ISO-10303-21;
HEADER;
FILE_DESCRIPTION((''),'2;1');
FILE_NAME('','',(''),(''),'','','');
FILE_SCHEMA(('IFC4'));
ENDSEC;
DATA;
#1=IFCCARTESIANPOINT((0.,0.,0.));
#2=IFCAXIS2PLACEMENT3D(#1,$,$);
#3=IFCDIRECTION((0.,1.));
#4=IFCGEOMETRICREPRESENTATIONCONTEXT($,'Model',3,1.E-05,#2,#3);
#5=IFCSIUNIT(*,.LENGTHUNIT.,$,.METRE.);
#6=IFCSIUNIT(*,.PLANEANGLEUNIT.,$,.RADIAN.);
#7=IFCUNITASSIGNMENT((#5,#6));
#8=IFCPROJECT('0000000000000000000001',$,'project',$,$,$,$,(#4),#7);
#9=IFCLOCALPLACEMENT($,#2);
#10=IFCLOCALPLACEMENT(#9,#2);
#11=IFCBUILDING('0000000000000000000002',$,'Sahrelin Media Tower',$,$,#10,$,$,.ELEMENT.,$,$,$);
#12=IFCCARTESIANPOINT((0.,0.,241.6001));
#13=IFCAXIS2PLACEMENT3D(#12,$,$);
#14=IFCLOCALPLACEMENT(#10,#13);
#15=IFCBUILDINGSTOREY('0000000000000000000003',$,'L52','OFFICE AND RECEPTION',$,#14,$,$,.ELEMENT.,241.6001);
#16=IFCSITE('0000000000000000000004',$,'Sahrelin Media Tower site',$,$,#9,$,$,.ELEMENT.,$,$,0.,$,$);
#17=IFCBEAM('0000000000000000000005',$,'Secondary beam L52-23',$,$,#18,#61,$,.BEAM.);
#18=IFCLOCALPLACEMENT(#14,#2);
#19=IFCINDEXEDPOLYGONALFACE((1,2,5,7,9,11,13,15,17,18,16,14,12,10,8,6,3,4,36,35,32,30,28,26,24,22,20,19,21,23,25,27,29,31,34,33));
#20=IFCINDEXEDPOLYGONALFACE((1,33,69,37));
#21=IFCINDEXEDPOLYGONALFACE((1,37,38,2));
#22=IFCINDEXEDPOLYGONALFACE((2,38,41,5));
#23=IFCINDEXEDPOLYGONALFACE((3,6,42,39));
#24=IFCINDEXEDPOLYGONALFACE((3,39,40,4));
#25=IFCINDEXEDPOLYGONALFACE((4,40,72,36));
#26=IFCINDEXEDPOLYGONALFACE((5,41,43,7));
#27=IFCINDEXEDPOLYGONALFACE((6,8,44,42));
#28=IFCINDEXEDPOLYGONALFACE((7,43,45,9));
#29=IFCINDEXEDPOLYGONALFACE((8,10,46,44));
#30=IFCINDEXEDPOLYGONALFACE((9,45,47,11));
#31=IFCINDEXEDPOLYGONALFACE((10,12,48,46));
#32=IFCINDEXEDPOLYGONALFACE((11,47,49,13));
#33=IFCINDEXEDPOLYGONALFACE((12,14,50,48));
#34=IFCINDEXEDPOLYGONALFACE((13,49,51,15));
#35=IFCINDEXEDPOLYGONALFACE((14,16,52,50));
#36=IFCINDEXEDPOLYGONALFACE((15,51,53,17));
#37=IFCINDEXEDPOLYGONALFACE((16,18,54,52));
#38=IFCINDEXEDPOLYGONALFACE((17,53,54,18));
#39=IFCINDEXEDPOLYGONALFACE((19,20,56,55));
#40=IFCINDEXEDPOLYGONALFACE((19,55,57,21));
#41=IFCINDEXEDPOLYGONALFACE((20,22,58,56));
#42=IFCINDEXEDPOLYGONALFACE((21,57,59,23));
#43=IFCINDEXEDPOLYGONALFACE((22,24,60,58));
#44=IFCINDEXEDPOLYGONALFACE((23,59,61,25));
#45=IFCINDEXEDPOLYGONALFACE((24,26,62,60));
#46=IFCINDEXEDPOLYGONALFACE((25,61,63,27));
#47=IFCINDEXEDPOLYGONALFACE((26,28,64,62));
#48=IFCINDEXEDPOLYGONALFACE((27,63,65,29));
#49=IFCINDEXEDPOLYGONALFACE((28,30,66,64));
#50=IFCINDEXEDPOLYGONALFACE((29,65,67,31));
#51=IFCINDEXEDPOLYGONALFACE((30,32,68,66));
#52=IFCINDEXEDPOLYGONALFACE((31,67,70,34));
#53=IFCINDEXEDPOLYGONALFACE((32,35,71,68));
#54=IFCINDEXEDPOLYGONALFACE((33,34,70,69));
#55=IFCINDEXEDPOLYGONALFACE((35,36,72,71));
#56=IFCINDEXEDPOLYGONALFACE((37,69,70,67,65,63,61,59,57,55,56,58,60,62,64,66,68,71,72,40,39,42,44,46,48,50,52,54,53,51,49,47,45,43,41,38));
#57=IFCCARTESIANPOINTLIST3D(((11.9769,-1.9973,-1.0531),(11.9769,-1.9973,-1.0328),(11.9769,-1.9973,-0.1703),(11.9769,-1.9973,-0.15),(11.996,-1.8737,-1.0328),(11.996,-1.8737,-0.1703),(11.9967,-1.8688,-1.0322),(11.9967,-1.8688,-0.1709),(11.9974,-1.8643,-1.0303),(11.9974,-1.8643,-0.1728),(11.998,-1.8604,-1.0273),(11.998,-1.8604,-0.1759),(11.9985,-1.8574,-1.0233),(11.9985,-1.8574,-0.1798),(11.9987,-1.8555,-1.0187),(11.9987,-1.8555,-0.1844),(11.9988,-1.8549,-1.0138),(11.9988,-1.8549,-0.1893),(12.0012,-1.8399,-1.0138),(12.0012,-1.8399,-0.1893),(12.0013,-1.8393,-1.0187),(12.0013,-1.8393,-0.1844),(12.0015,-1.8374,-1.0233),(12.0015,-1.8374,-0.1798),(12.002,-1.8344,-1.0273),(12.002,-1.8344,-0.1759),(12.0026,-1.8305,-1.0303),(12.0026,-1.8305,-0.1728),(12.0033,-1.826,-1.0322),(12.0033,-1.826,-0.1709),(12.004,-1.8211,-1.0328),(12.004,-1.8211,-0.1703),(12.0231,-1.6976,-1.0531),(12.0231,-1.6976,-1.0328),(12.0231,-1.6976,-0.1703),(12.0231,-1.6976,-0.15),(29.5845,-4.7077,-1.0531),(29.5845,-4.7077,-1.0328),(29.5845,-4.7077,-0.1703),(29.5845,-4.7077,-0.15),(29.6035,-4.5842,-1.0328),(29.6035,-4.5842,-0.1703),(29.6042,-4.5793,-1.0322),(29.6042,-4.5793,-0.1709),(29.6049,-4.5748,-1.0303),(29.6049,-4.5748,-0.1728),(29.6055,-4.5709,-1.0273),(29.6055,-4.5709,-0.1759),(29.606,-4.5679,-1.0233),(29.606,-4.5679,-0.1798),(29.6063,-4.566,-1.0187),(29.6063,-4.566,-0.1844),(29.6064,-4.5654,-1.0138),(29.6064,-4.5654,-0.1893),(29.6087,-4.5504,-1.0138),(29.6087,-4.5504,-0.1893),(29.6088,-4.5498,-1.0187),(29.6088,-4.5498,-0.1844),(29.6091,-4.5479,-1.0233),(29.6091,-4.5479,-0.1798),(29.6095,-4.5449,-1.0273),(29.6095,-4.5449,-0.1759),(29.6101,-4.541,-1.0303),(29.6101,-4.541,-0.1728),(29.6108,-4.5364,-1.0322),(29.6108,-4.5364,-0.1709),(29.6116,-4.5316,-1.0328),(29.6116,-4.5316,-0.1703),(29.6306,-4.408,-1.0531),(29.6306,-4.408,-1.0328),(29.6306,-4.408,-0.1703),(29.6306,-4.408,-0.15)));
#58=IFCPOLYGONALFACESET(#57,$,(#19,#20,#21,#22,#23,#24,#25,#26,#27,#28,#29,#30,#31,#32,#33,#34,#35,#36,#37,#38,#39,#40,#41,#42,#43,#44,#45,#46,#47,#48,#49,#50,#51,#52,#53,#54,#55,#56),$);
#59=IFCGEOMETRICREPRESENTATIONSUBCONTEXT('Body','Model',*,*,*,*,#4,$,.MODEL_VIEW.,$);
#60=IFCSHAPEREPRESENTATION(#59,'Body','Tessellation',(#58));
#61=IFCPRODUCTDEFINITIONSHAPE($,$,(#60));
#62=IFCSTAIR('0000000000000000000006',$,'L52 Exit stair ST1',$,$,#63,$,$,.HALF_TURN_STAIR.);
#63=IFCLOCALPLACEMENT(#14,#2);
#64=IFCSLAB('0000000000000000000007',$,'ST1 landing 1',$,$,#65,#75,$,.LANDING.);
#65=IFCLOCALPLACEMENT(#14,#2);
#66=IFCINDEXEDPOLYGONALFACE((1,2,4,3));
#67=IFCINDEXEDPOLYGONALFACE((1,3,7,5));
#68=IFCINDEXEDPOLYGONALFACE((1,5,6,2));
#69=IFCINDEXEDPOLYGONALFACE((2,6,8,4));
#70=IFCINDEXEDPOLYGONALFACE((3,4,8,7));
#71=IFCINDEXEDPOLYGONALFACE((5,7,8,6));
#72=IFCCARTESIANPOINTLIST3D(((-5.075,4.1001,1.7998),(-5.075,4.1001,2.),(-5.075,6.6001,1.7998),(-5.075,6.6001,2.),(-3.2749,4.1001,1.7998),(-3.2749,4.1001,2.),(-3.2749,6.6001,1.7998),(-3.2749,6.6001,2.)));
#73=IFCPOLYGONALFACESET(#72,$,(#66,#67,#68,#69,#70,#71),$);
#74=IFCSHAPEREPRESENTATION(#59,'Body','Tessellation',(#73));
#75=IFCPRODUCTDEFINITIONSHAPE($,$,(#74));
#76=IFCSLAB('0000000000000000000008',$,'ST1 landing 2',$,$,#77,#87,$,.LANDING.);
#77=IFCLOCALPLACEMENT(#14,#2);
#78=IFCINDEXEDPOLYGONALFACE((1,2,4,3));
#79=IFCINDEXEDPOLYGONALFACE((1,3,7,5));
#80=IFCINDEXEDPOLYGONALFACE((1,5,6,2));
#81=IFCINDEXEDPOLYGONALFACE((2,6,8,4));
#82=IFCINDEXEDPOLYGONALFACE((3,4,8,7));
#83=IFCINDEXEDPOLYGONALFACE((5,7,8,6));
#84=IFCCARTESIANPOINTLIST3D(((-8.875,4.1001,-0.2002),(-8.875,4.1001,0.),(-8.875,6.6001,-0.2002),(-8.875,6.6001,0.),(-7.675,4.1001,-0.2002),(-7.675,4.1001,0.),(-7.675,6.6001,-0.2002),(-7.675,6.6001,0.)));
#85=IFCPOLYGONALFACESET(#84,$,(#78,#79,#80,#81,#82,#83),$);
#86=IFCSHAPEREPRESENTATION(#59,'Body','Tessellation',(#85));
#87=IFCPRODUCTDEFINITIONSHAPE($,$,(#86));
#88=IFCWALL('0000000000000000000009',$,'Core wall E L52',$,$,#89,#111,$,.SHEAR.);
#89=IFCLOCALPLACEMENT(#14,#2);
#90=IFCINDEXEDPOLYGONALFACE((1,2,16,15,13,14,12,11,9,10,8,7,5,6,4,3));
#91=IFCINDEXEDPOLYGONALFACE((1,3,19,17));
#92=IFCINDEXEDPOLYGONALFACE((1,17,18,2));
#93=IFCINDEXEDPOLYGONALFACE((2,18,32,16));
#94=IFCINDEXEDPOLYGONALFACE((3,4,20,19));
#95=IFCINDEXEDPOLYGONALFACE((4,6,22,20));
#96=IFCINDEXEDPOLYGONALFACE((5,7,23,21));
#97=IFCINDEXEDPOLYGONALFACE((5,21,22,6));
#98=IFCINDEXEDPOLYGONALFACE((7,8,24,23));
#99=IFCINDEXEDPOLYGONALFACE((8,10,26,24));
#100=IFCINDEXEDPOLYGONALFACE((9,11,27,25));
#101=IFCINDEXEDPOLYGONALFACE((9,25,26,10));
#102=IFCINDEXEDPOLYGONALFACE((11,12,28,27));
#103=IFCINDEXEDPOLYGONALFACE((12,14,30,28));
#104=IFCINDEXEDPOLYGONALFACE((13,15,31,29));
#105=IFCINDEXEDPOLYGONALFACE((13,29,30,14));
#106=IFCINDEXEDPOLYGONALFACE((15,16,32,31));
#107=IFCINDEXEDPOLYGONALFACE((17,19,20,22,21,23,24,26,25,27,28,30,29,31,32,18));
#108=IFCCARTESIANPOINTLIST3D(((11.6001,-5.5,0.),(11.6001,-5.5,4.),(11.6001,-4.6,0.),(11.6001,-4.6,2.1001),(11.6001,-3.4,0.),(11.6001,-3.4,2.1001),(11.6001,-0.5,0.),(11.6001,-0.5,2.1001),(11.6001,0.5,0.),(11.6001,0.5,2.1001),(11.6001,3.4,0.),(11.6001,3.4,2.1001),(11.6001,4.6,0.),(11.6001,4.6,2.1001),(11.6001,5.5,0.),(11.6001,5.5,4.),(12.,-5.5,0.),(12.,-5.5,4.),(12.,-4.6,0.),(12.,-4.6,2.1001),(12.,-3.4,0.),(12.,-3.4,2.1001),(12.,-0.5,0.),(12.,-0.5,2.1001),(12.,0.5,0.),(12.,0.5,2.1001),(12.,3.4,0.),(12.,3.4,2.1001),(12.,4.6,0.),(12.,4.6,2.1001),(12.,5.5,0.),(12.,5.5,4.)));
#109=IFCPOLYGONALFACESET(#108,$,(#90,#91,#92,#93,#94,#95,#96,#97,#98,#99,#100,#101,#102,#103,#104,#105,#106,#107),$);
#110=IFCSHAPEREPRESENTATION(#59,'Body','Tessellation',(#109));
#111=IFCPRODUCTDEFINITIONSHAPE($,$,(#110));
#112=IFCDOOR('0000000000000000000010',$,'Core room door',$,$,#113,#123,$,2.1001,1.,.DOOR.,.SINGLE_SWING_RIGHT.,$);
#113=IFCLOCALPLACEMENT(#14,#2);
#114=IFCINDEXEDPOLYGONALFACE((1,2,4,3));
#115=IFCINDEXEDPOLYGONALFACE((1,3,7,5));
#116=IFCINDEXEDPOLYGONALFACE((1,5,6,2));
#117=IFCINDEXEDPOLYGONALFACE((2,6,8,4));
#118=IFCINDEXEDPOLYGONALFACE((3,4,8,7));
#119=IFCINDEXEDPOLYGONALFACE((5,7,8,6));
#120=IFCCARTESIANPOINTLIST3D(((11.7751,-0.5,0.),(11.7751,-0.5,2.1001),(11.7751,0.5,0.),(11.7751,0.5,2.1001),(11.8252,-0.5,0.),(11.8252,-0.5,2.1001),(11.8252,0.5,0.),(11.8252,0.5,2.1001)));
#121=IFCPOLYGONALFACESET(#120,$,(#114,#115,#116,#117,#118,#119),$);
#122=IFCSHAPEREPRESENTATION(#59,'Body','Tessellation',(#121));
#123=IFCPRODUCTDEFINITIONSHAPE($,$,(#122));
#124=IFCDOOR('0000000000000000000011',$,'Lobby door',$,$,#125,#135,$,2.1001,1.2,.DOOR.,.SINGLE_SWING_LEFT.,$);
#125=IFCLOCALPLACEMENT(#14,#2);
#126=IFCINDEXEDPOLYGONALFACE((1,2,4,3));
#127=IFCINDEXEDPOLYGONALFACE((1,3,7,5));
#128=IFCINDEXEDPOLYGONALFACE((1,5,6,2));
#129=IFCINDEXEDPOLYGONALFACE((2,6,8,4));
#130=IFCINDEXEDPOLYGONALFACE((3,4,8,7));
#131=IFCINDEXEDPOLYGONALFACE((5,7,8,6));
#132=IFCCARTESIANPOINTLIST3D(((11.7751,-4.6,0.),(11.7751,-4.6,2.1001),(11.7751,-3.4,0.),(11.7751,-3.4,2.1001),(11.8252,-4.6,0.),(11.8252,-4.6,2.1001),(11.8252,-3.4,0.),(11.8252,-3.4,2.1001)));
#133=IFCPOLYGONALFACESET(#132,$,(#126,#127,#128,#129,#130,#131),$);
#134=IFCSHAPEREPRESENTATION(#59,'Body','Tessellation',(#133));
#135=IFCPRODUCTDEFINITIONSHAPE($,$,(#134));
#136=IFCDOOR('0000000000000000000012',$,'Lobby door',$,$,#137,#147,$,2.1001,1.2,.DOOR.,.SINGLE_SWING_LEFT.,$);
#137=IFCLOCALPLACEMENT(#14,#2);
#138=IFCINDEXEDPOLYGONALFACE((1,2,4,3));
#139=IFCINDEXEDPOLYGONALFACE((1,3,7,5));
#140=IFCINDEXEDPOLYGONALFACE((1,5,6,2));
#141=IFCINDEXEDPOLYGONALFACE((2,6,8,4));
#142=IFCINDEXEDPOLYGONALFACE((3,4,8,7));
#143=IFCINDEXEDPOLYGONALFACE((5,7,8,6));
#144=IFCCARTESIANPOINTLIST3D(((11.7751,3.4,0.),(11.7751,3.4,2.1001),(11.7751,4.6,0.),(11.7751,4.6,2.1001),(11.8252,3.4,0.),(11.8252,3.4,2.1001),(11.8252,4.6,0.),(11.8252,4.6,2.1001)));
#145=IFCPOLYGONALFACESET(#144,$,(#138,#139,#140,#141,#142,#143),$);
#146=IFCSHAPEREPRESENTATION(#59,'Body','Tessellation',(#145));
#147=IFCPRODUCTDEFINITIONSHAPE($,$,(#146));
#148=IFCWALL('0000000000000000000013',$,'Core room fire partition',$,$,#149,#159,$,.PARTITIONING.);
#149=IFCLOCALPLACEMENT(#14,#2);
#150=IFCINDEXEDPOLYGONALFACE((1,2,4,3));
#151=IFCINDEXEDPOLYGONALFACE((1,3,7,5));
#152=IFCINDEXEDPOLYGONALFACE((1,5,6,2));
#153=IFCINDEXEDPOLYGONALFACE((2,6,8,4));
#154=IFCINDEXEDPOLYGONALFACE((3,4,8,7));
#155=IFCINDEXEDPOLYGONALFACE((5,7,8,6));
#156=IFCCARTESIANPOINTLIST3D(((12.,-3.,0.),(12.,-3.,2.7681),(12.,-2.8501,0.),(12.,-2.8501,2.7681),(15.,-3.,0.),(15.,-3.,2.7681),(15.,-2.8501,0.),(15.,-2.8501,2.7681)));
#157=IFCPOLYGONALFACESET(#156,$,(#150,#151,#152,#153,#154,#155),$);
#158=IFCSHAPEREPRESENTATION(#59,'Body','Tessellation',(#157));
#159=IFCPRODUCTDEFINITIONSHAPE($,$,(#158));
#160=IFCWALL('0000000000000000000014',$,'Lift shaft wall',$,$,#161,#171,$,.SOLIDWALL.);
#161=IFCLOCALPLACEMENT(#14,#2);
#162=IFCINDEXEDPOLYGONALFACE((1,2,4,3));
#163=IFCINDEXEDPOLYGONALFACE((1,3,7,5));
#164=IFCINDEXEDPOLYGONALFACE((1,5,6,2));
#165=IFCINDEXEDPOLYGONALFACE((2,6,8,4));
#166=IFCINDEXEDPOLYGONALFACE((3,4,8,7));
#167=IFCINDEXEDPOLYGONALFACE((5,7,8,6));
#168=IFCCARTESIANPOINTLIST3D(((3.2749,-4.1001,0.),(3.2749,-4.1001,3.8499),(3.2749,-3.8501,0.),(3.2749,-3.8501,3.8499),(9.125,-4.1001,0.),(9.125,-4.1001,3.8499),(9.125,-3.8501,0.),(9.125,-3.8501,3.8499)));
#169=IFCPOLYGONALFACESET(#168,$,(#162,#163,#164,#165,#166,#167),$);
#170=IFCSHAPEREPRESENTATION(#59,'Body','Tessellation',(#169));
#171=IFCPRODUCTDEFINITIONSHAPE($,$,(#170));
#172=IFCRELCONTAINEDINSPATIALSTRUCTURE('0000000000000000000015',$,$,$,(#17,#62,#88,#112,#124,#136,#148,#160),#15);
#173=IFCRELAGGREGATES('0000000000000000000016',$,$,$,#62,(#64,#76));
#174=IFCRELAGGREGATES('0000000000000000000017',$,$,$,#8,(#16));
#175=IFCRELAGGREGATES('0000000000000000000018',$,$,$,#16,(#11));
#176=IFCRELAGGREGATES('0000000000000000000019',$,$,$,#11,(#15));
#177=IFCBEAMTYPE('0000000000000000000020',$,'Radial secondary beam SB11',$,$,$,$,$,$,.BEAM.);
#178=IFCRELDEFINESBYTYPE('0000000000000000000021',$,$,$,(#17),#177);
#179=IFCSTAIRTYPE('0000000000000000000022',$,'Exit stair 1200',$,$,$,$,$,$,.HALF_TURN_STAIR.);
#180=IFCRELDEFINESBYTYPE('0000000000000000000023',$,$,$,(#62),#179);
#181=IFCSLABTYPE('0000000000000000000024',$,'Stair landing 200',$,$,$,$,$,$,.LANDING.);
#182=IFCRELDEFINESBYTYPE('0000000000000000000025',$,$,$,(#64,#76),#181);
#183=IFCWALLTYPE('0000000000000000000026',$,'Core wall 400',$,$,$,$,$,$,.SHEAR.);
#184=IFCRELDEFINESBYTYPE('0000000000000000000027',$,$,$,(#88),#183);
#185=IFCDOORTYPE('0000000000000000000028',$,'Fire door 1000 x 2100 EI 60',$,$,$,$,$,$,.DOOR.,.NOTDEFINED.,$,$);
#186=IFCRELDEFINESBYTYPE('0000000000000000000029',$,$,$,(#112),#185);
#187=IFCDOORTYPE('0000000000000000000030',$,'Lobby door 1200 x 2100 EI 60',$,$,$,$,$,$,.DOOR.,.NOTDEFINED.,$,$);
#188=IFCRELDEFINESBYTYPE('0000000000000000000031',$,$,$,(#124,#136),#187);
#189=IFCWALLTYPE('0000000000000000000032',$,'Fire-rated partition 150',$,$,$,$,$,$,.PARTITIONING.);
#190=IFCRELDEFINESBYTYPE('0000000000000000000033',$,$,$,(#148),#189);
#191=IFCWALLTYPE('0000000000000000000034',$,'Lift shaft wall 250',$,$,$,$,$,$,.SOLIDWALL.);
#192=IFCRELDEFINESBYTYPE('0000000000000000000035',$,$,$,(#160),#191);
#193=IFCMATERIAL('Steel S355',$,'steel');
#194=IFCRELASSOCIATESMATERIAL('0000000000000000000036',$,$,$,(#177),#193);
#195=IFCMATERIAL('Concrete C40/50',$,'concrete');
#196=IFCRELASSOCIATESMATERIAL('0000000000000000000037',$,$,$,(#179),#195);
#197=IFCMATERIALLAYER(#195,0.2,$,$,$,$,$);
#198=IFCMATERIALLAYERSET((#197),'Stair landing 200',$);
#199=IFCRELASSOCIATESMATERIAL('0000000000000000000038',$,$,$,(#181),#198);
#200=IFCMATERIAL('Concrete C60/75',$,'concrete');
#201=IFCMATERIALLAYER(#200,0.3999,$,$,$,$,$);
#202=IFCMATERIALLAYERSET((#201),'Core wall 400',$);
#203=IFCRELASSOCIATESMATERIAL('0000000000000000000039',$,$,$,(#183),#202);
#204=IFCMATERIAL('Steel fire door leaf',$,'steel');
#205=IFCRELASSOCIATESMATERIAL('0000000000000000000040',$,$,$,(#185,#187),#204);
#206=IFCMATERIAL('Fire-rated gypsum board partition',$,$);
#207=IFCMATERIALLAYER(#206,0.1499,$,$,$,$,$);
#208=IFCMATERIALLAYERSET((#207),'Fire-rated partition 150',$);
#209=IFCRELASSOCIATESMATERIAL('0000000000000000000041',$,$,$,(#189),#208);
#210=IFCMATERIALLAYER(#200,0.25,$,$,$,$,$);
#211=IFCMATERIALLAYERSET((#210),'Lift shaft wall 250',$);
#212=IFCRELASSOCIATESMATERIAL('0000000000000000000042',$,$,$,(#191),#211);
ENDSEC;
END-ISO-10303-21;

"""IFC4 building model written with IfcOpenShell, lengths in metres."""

from ifc_helpers import new_model, si_unit, direction, frame, frame_2d, origin, origin_2d, place, context, subcontext, project, spatial, polyline, rectangle, i_section, outline, extrude, material, layer, layer_set, material_profile, profile_set, type_object, element, fill, aggregate, save


model = new_model("IFC4")

# Units and contexts
model_context = context("Model", 3, precision=1e-05, world=origin(), true_north=direction((0.0, 1.0)))
body_context = subcontext(model_context, "Body", "Model", "MODEL_VIEW")
ifc_project = project(units=[si_unit("LENGTHUNIT", "METRE"), si_unit("PLANEANGLEUNIT", "RADIAN")], contexts=[model_context])

# Site, building, storey
site_placement = place(None, origin())
site = spatial("IfcSite", under=ifc_project, at=site_placement, Name="Sahrelin Media Tower site", CompositionType="ELEMENT", RefElevation=0.0)
building_placement = place(site_placement, origin())
building = spatial("IfcBuilding", under=site, at=building_placement, Name="Sahrelin Media Tower", CompositionType="ELEMENT")
storey_placement = place(building_placement, frame((0.0, 0.0, 241.6001)))
storey = spatial("IfcBuildingStorey", under=building, at=storey_placement, Name="L52", Description="OFFICE AND RECEPTION", CompositionType="ELEMENT", Elevation=241.6001)

# Beam
ifc_material_1 = material(Name="Steel S355", Category="steel")
ifc_material_profile_1 = material_profile(ifc_material_1, i_section(OverallWidth=0.3032, OverallDepth=0.9031, WebThickness=0.0151, FlangeThickness=0.0203, FilletRadius=0.019, at=origin_2d()), Name="UB 914x305x201")
ifc_profile_set_1 = profile_set([ifc_material_profile_1], Name="Steel S355")
beam_type_1 = type_object("IfcBeamType", Name="Radial secondary beam SB11", PredefinedType="BEAM", material=ifc_profile_set_1)
beam_1_placement = place(storey_placement, frame((12.0, -1.8474, -0.6016), z_axis=(0.988358, -0.152146, 0.0), x_axis=(0.152146, 0.988358, 0.0)))
element("IfcBeam", 1, at=beam_1_placement, inside=storey, type_object=beam_type_1, Name="Secondary beam L52-23", PredefinedType="BEAM", context=body_context, shape_type="SweptSolid", body=[
    extrude(i_section(OverallWidth=0.3032, OverallDepth=0.9031, WebThickness=0.0151, FlangeThickness=0.0203, FilletRadius=0.019, at=origin_2d()), origin(), (0.0, 0.0, 1.0), 17.8149),
])

# Stair, slabs
ifc_material_2 = material(Name="Concrete C40/50", Category="concrete")
stair_type = type_object("IfcStairType", Name="Exit stair 1200", PredefinedType="HALF_TURN_STAIR", material=ifc_material_2)
stair_placement = place(storey_placement, origin())
stair = element("IfcStair", 2, at=stair_placement, inside=storey, type_object=stair_type, Name="L52 Exit stair ST1", PredefinedType="HALF_TURN_STAIR")
ifc_layer_1 = layer(ifc_material_2, 0.2)
ifc_layer_set_1 = layer_set([ifc_layer_1], Name="Stair landing 200")
slab_type = type_object("IfcSlabType", Name="Stair landing 200", PredefinedType="LANDING", material=ifc_layer_set_1)
slab_1_placement = place(storey_placement, frame((0.0, 0.0, 1.7998)))
slab_1 = element("IfcSlab", 3, at=slab_1_placement, type_object=slab_type, Name="ST1 landing 1", PredefinedType="LANDING", context=body_context, shape_type="SweptSolid", body=[
    extrude(outline(polyline([(-5.075, 4.1001), (-3.2749, 4.1001), (-3.2749, 6.6001), (-5.075, 6.6001), (-5.075, 4.1001)])), origin(), (0.0, 0.0, 1.0), 0.2002),
])
slab_2_placement = place(storey_placement, frame((0.0, 0.0, -0.2002)))
slab_2 = element("IfcSlab", 4, at=slab_2_placement, type_object=slab_type, Name="ST1 landing 2", PredefinedType="LANDING", context=body_context, shape_type="SweptSolid", body=[
    extrude(outline(polyline([(-8.875, 4.1001), (-7.675, 4.1001), (-7.675, 6.6001), (-8.875, 6.6001), (-8.875, 4.1001)])), origin(), (0.0, 0.0, 1.0), 0.2002),
])
aggregate(stair, [slab_1, slab_2])

# Wall, openings, doors
ifc_material_3 = material(Name="Concrete C60/75", Category="concrete")
ifc_layer_2 = layer(ifc_material_3, 0.3999)
ifc_layer_set_2 = layer_set([ifc_layer_2], Name="Core wall 400")
wall_type_1 = type_object("IfcWallType", Name="Core wall 400", PredefinedType="SHEAR", material=ifc_layer_set_2)
wall_1_placement = place(storey_placement, frame((11.8, -5.5, 0.0), z_axis=(0.0, 0.0, 1.0), x_axis=(0.0, 1.0, 0.0)))
wall_1 = element("IfcWall", 5, at=wall_1_placement, inside=storey, type_object=wall_type_1, Name="Core wall E L52", PredefinedType="SHEAR", context=body_context, shape_type="SweptSolid", body=[
    extrude(rectangle(XDim=11.0, YDim=0.3999, at=frame_2d((5.5, 0.0))), origin(), (0.0, 0.0, 1.0), 4.0),
])
opening_1_placement = place(wall_1_placement, frame((5.0, 0.0, 0.0)))
opening_1 = element("IfcOpeningElement", 6, at=opening_1_placement, cuts=wall_1, PredefinedType="OPENING", context=body_context, shape_type="SweptSolid", body=[
    extrude(rectangle(XDim=1.0, YDim=2.1001, at=frame_2d((0.5, 1.05))), frame((0.0, 0.2, 0.0), z_axis=(0.0, -1.0, 0.0), x_axis=(1.0, 0.0, 0.0)), (0.0, 0.0, 1.0), 0.3999),
])
opening_2_placement = place(wall_1_placement, frame((0.8999, 0.0, 0.0)))
opening_2 = element("IfcOpeningElement", 7, at=opening_2_placement, cuts=wall_1, PredefinedType="OPENING", context=body_context, shape_type="SweptSolid", body=[
    extrude(rectangle(XDim=1.2, YDim=2.1001, at=frame_2d((0.6001, 1.05))), frame((0.0, 0.2, 0.0), z_axis=(0.0, -1.0, 0.0), x_axis=(1.0, 0.0, 0.0)), (0.0, 0.0, 1.0), 0.3999),
])
opening_3_placement = place(wall_1_placement, frame((8.8999, 0.0, 0.0)))
opening_3 = element("IfcOpeningElement", 8, at=opening_3_placement, cuts=wall_1, PredefinedType="OPENING", context=body_context, shape_type="SweptSolid", body=[
    extrude(rectangle(XDim=1.2, YDim=2.1001, at=frame_2d((0.6001, 1.05))), frame((0.0, 0.2, 0.0), z_axis=(0.0, -1.0, 0.0), x_axis=(1.0, 0.0, 0.0)), (0.0, 0.0, 1.0), 0.3999),
])
ifc_material_4 = material(Name="Steel fire door leaf", Category="steel")
door_type_1 = type_object("IfcDoorType", Name="Fire door 1000 x 2100 EI 60", OperationType="NOTDEFINED", PredefinedType="DOOR", material=ifc_material_4)
door_1_placement = place(opening_1_placement, origin())
door_1 = element("IfcDoor", 9, at=door_1_placement, inside=storey, type_object=door_type_1, Name="Core room door", OperationType="SINGLE_SWING_RIGHT", OverallHeight=2.1001, OverallWidth=1.0, PredefinedType="DOOR", context=body_context, shape_type="SweptSolid", body=[
    extrude(rectangle(XDim=1.0, YDim=2.1001, at=frame_2d((0.5, 1.05))), frame((0.0, 0.0249, 0.0), z_axis=(0.0, -1.0, 0.0), x_axis=(1.0, 0.0, 0.0)), (0.0, 0.0, 1.0), 0.05),
])
fill(opening_1, door_1)
door_type_2 = type_object("IfcDoorType", Name="Lobby door 1200 x 2100 EI 60", OperationType="NOTDEFINED", PredefinedType="DOOR", material=ifc_material_4)
door_2_placement = place(opening_2_placement, origin())
door_2 = element("IfcDoor", 10, at=door_2_placement, inside=storey, type_object=door_type_2, Name="Lobby door", OperationType="SINGLE_SWING_LEFT", OverallHeight=2.1001, OverallWidth=1.2, PredefinedType="DOOR", context=body_context, shape_type="SweptSolid", body=[
    extrude(rectangle(XDim=1.2, YDim=2.1001, at=frame_2d((0.6001, 1.05))), frame((0.0, 0.0249, 0.0), z_axis=(0.0, -1.0, 0.0), x_axis=(1.0, 0.0, 0.0)), (0.0, 0.0, 1.0), 0.05),
])
fill(opening_2, door_2)
door_3_placement = place(opening_3_placement, origin())
door_3 = element("IfcDoor", 11, at=door_3_placement, inside=storey, type_object=door_type_2, Name="Lobby door", OperationType="SINGLE_SWING_LEFT", OverallHeight=2.1001, OverallWidth=1.2, PredefinedType="DOOR", context=body_context, shape_type="SweptSolid", body=[
    extrude(rectangle(XDim=1.2, YDim=2.1001, at=frame_2d((0.6001, 1.05))), frame((0.0, 0.0249, 0.0), z_axis=(0.0, -1.0, 0.0), x_axis=(1.0, 0.0, 0.0)), (0.0, 0.0, 1.0), 0.05),
])
fill(opening_3, door_3)

# Walls
ifc_material_5 = material(Name="Fire-rated gypsum board partition")
ifc_layer_3 = layer(ifc_material_5, 0.1499)
ifc_layer_set_3 = layer_set([ifc_layer_3], Name="Fire-rated partition 150")
wall_type_2 = type_object("IfcWallType", Name="Fire-rated partition 150", PredefinedType="PARTITIONING", material=ifc_layer_set_3)
wall_2_placement = place(storey_placement, frame((12.0, -2.925, 0.0), z_axis=(0.0, 0.0, 1.0), x_axis=(1.0, 0.0, 0.0)))
element("IfcWall", 12, at=wall_2_placement, inside=storey, type_object=wall_type_2, Name="Core room fire partition", PredefinedType="PARTITIONING", context=body_context, shape_type="SweptSolid", body=[
    extrude(rectangle(XDim=3.0, YDim=0.1499, at=frame_2d((1.5, 0.0))), origin(), (0.0, 0.0, 1.0), 2.7681),
])
ifc_layer_4 = layer(ifc_material_3, 0.25)
ifc_layer_set_4 = layer_set([ifc_layer_4], Name="Lift shaft wall 250")
wall_type_3 = type_object("IfcWallType", Name="Lift shaft wall 250", PredefinedType="SOLIDWALL", material=ifc_layer_set_4)
wall_3_placement = place(storey_placement, frame((3.2749, -3.9751, 0.0), z_axis=(0.0, 0.0, 1.0), x_axis=(1.0, 0.0, 0.0)))
element("IfcWall", 13, at=wall_3_placement, inside=storey, type_object=wall_type_3, Name="Lift shaft wall", PredefinedType="SOLIDWALL", context=body_context, shape_type="SweptSolid", body=[
    extrude(rectangle(XDim=5.8501, YDim=0.25, at=frame_2d((2.925, 0.0))), origin(), (0.0, 0.0, 1.0), 3.8499),
])

save(model, "model.ifc")
